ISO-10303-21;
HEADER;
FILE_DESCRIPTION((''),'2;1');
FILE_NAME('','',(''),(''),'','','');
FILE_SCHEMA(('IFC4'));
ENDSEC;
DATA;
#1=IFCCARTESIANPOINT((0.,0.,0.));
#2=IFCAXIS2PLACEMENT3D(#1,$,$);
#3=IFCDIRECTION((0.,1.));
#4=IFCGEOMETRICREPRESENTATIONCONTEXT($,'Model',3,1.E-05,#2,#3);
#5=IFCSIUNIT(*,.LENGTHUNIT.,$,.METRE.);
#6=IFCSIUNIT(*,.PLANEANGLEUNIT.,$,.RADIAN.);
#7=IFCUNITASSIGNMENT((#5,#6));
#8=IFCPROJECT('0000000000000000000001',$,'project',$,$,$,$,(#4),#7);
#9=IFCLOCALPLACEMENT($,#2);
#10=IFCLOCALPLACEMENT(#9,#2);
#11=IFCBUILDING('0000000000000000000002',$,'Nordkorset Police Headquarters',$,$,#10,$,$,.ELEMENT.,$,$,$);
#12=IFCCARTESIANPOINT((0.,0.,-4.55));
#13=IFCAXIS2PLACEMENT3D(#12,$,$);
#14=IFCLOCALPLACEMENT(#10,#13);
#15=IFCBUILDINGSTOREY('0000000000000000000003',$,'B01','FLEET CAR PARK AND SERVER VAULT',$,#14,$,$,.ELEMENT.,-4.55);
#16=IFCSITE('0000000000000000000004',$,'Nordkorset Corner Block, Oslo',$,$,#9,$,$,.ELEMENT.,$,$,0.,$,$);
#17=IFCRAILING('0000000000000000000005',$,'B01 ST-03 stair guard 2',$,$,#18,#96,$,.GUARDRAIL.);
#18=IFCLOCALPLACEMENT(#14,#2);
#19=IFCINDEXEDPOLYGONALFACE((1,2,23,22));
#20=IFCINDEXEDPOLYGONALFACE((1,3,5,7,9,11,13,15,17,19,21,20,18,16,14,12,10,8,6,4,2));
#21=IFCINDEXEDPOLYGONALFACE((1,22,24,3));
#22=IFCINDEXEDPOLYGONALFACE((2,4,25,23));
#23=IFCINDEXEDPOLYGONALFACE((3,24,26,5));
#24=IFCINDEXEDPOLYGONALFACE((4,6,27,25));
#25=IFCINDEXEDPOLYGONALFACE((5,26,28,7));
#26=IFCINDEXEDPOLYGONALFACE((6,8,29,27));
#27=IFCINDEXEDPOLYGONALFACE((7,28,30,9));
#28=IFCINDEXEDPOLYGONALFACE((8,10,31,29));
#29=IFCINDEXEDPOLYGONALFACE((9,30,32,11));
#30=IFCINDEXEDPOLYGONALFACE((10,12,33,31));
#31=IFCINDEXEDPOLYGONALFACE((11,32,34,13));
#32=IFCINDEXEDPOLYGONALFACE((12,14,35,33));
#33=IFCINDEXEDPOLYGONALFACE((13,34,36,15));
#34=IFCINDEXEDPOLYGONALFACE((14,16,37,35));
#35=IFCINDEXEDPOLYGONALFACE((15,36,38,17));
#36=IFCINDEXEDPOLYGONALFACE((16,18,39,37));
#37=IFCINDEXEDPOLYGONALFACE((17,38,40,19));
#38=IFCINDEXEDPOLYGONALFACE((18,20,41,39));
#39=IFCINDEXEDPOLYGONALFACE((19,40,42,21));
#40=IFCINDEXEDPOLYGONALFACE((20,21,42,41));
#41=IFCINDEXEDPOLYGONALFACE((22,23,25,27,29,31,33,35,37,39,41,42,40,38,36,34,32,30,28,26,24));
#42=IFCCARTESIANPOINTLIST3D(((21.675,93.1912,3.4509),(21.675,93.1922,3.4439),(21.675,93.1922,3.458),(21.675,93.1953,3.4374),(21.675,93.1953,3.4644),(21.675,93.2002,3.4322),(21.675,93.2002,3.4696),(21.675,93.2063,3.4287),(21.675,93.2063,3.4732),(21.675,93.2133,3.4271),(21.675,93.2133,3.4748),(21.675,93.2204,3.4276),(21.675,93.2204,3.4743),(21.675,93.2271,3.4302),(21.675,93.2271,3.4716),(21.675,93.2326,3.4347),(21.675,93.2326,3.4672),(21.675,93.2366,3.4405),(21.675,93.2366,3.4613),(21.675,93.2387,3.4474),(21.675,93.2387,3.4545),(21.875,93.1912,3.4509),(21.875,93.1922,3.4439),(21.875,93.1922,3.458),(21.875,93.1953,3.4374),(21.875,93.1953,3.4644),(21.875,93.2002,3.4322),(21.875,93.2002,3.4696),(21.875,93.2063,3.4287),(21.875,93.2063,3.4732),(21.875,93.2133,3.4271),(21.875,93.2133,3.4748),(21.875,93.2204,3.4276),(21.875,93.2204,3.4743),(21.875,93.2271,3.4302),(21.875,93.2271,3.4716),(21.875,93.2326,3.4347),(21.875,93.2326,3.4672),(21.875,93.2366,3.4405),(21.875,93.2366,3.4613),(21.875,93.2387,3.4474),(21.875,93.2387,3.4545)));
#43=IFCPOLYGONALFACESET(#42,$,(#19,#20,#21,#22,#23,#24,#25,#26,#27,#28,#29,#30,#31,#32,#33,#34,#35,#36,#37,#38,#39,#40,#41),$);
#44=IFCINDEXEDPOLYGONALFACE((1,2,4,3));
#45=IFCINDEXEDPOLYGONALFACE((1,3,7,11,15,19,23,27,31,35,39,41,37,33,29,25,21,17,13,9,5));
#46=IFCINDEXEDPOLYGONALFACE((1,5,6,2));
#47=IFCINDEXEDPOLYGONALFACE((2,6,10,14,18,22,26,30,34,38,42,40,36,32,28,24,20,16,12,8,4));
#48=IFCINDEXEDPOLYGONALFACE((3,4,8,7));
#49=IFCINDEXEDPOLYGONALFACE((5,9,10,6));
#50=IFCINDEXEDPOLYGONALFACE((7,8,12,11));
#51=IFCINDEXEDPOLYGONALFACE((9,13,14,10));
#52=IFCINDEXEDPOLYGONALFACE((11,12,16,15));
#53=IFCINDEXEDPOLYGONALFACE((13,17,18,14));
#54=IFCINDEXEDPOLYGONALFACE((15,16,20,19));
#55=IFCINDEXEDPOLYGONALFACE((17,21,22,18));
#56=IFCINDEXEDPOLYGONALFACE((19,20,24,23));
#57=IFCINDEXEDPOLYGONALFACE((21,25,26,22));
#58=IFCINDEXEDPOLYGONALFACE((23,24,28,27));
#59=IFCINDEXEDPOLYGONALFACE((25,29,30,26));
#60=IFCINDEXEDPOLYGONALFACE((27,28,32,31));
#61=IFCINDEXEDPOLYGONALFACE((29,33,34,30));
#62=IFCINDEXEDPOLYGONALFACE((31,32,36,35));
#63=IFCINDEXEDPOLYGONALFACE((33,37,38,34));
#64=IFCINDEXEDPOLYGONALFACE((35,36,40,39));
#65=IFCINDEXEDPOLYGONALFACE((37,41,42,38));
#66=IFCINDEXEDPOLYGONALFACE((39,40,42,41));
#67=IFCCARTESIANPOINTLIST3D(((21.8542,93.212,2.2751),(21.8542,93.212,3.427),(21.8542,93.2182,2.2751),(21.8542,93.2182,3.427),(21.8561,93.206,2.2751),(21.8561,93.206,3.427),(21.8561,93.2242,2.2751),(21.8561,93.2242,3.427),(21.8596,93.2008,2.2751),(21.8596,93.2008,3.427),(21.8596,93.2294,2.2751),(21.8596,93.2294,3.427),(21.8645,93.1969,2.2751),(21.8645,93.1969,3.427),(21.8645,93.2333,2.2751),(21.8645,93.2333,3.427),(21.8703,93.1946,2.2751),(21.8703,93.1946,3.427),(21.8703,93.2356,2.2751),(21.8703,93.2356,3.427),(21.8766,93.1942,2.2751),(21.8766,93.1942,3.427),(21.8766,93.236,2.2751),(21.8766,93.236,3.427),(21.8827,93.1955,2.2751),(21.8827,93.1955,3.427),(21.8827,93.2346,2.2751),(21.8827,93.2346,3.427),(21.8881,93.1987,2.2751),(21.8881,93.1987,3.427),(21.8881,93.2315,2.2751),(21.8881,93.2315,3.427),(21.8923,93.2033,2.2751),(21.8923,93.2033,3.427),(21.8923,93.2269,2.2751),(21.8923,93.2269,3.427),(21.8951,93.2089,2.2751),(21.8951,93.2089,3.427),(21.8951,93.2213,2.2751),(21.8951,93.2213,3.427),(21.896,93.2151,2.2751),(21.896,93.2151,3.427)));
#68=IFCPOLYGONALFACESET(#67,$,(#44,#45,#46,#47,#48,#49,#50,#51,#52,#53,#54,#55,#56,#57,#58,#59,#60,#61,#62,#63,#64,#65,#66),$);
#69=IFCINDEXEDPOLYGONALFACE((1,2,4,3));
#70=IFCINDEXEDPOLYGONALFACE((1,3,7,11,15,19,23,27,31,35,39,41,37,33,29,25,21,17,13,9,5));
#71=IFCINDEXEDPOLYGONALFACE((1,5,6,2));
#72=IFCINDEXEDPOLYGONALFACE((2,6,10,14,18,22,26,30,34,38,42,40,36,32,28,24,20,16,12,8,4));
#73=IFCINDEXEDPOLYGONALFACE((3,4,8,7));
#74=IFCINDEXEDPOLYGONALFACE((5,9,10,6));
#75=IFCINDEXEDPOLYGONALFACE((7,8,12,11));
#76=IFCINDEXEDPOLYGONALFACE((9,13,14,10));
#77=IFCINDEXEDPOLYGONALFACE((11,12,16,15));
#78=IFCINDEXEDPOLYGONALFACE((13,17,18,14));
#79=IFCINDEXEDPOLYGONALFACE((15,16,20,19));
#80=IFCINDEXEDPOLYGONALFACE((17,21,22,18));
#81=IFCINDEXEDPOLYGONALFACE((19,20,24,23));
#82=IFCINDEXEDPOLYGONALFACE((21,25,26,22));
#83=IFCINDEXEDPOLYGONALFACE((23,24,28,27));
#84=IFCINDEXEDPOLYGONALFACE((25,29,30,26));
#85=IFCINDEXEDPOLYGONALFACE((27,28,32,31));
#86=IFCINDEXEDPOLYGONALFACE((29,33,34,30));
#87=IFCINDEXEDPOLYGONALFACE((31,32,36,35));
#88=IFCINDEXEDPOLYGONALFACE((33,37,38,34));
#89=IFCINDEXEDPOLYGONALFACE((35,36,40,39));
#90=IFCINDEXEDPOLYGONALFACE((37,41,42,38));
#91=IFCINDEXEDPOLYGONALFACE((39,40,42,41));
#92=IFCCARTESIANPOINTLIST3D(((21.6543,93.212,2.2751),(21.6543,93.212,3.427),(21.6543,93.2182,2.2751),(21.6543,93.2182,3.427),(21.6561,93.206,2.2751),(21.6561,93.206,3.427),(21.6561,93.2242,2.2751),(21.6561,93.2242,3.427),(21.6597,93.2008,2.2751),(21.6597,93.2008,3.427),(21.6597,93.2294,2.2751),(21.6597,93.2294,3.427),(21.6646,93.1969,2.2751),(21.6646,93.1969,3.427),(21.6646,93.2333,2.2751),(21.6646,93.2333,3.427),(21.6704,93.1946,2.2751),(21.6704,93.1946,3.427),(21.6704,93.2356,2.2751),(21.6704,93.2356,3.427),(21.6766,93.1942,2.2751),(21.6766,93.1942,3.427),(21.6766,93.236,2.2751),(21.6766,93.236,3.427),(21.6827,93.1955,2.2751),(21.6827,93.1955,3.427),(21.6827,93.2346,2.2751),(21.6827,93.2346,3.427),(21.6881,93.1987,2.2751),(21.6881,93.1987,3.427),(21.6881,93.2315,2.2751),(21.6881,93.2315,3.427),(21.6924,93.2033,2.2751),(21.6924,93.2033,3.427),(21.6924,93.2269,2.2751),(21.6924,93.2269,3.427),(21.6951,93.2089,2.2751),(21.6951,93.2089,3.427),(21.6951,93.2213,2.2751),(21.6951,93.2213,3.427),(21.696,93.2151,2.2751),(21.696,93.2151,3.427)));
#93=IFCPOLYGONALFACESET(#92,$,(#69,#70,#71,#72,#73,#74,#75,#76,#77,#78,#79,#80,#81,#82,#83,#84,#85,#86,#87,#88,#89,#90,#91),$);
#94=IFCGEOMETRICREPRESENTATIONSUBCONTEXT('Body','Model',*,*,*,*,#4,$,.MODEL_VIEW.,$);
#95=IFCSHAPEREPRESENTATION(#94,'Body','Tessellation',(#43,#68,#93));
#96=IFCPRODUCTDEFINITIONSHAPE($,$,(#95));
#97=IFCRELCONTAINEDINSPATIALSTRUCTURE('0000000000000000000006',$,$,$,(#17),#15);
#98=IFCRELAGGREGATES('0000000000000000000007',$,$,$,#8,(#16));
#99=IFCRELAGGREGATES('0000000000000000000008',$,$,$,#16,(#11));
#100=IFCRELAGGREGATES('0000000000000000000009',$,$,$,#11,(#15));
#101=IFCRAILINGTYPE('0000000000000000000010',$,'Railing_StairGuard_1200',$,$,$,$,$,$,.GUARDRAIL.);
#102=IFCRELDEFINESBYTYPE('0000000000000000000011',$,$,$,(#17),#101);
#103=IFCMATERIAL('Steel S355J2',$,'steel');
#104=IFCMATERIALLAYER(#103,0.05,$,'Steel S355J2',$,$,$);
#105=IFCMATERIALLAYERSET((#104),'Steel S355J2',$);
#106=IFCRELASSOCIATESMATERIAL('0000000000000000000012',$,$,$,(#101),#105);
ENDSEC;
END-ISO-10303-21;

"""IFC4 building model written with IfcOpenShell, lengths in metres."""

from ifc_helpers import new_model, si_unit, direction, frame, origin, origin_2d, place, context, subcontext, project, spatial, circle, extrude, material, layer, layer_set, type_object, element, save


model = new_model("IFC4")

# Units and contexts
model_context = context("Model", 3, precision=1e-05, world=origin(), true_north=direction((0.0, 1.0)))
body_context = subcontext(model_context, "Body", "Model", "MODEL_VIEW")
ifc_project = project(units=[si_unit("LENGTHUNIT", "METRE"), si_unit("PLANEANGLEUNIT", "RADIAN")], contexts=[model_context])

# Site, building, storey
site_placement = place(None, origin())
site = spatial("IfcSite", under=ifc_project, at=site_placement, Name="Nordkorset Corner Block, Oslo", CompositionType="ELEMENT", RefElevation=0.0)
building_placement = place(site_placement, origin())
building = spatial("IfcBuilding", under=site, at=building_placement, Name="Nordkorset Police Headquarters", CompositionType="ELEMENT")
storey_placement = place(building_placement, frame((0.0, 0.0, -4.55)))
storey = spatial("IfcBuildingStorey", under=building, at=storey_placement, Name="B01", Description="FLEET CAR PARK AND SERVER VAULT", CompositionType="ELEMENT", Elevation=-4.55)

# Railing
ifc_material_1 = material(Name="Steel S355J2", Category="steel")
ifc_layer_1 = layer(ifc_material_1, 0.05, Name="Steel S355J2")
ifc_layer_set_1 = layer_set([ifc_layer_1], Name="Steel S355J2")
railing_type_1 = type_object("IfcRailingType", Name="Railing_StairGuard_1200", PredefinedType="GUARDRAIL", material=ifc_layer_set_1)
railing_1_placement = place(storey_placement, frame((21.875, 93.2151, 2.2751)))
element("IfcRailing", 1, at=railing_1_placement, inside=storey, type_object=railing_type_1, Name="B01 ST-03 stair guard 2", PredefinedType="GUARDRAIL", context=body_context, shape_type="SweptSolid", body=[
    extrude(circle(Radius=0.0239, at=origin_2d()), frame((0.0, 0.0, 1.1758), z_axis=(-1.0, 0.0, 0.0), x_axis=(0.0, -1.0, 0.0)), (0.0, 0.0, 1.0), 0.2),
    extrude(circle(Radius=0.021, at=origin_2d()), origin(), (0.0, 0.0, 1.0), 1.1519),
    extrude(circle(Radius=0.021, at=origin_2d()), frame((-0.2, 0.0, 0.0)), (0.0, 0.0, 1.0), 1.1519),
])

save(model, "model.ifc")
